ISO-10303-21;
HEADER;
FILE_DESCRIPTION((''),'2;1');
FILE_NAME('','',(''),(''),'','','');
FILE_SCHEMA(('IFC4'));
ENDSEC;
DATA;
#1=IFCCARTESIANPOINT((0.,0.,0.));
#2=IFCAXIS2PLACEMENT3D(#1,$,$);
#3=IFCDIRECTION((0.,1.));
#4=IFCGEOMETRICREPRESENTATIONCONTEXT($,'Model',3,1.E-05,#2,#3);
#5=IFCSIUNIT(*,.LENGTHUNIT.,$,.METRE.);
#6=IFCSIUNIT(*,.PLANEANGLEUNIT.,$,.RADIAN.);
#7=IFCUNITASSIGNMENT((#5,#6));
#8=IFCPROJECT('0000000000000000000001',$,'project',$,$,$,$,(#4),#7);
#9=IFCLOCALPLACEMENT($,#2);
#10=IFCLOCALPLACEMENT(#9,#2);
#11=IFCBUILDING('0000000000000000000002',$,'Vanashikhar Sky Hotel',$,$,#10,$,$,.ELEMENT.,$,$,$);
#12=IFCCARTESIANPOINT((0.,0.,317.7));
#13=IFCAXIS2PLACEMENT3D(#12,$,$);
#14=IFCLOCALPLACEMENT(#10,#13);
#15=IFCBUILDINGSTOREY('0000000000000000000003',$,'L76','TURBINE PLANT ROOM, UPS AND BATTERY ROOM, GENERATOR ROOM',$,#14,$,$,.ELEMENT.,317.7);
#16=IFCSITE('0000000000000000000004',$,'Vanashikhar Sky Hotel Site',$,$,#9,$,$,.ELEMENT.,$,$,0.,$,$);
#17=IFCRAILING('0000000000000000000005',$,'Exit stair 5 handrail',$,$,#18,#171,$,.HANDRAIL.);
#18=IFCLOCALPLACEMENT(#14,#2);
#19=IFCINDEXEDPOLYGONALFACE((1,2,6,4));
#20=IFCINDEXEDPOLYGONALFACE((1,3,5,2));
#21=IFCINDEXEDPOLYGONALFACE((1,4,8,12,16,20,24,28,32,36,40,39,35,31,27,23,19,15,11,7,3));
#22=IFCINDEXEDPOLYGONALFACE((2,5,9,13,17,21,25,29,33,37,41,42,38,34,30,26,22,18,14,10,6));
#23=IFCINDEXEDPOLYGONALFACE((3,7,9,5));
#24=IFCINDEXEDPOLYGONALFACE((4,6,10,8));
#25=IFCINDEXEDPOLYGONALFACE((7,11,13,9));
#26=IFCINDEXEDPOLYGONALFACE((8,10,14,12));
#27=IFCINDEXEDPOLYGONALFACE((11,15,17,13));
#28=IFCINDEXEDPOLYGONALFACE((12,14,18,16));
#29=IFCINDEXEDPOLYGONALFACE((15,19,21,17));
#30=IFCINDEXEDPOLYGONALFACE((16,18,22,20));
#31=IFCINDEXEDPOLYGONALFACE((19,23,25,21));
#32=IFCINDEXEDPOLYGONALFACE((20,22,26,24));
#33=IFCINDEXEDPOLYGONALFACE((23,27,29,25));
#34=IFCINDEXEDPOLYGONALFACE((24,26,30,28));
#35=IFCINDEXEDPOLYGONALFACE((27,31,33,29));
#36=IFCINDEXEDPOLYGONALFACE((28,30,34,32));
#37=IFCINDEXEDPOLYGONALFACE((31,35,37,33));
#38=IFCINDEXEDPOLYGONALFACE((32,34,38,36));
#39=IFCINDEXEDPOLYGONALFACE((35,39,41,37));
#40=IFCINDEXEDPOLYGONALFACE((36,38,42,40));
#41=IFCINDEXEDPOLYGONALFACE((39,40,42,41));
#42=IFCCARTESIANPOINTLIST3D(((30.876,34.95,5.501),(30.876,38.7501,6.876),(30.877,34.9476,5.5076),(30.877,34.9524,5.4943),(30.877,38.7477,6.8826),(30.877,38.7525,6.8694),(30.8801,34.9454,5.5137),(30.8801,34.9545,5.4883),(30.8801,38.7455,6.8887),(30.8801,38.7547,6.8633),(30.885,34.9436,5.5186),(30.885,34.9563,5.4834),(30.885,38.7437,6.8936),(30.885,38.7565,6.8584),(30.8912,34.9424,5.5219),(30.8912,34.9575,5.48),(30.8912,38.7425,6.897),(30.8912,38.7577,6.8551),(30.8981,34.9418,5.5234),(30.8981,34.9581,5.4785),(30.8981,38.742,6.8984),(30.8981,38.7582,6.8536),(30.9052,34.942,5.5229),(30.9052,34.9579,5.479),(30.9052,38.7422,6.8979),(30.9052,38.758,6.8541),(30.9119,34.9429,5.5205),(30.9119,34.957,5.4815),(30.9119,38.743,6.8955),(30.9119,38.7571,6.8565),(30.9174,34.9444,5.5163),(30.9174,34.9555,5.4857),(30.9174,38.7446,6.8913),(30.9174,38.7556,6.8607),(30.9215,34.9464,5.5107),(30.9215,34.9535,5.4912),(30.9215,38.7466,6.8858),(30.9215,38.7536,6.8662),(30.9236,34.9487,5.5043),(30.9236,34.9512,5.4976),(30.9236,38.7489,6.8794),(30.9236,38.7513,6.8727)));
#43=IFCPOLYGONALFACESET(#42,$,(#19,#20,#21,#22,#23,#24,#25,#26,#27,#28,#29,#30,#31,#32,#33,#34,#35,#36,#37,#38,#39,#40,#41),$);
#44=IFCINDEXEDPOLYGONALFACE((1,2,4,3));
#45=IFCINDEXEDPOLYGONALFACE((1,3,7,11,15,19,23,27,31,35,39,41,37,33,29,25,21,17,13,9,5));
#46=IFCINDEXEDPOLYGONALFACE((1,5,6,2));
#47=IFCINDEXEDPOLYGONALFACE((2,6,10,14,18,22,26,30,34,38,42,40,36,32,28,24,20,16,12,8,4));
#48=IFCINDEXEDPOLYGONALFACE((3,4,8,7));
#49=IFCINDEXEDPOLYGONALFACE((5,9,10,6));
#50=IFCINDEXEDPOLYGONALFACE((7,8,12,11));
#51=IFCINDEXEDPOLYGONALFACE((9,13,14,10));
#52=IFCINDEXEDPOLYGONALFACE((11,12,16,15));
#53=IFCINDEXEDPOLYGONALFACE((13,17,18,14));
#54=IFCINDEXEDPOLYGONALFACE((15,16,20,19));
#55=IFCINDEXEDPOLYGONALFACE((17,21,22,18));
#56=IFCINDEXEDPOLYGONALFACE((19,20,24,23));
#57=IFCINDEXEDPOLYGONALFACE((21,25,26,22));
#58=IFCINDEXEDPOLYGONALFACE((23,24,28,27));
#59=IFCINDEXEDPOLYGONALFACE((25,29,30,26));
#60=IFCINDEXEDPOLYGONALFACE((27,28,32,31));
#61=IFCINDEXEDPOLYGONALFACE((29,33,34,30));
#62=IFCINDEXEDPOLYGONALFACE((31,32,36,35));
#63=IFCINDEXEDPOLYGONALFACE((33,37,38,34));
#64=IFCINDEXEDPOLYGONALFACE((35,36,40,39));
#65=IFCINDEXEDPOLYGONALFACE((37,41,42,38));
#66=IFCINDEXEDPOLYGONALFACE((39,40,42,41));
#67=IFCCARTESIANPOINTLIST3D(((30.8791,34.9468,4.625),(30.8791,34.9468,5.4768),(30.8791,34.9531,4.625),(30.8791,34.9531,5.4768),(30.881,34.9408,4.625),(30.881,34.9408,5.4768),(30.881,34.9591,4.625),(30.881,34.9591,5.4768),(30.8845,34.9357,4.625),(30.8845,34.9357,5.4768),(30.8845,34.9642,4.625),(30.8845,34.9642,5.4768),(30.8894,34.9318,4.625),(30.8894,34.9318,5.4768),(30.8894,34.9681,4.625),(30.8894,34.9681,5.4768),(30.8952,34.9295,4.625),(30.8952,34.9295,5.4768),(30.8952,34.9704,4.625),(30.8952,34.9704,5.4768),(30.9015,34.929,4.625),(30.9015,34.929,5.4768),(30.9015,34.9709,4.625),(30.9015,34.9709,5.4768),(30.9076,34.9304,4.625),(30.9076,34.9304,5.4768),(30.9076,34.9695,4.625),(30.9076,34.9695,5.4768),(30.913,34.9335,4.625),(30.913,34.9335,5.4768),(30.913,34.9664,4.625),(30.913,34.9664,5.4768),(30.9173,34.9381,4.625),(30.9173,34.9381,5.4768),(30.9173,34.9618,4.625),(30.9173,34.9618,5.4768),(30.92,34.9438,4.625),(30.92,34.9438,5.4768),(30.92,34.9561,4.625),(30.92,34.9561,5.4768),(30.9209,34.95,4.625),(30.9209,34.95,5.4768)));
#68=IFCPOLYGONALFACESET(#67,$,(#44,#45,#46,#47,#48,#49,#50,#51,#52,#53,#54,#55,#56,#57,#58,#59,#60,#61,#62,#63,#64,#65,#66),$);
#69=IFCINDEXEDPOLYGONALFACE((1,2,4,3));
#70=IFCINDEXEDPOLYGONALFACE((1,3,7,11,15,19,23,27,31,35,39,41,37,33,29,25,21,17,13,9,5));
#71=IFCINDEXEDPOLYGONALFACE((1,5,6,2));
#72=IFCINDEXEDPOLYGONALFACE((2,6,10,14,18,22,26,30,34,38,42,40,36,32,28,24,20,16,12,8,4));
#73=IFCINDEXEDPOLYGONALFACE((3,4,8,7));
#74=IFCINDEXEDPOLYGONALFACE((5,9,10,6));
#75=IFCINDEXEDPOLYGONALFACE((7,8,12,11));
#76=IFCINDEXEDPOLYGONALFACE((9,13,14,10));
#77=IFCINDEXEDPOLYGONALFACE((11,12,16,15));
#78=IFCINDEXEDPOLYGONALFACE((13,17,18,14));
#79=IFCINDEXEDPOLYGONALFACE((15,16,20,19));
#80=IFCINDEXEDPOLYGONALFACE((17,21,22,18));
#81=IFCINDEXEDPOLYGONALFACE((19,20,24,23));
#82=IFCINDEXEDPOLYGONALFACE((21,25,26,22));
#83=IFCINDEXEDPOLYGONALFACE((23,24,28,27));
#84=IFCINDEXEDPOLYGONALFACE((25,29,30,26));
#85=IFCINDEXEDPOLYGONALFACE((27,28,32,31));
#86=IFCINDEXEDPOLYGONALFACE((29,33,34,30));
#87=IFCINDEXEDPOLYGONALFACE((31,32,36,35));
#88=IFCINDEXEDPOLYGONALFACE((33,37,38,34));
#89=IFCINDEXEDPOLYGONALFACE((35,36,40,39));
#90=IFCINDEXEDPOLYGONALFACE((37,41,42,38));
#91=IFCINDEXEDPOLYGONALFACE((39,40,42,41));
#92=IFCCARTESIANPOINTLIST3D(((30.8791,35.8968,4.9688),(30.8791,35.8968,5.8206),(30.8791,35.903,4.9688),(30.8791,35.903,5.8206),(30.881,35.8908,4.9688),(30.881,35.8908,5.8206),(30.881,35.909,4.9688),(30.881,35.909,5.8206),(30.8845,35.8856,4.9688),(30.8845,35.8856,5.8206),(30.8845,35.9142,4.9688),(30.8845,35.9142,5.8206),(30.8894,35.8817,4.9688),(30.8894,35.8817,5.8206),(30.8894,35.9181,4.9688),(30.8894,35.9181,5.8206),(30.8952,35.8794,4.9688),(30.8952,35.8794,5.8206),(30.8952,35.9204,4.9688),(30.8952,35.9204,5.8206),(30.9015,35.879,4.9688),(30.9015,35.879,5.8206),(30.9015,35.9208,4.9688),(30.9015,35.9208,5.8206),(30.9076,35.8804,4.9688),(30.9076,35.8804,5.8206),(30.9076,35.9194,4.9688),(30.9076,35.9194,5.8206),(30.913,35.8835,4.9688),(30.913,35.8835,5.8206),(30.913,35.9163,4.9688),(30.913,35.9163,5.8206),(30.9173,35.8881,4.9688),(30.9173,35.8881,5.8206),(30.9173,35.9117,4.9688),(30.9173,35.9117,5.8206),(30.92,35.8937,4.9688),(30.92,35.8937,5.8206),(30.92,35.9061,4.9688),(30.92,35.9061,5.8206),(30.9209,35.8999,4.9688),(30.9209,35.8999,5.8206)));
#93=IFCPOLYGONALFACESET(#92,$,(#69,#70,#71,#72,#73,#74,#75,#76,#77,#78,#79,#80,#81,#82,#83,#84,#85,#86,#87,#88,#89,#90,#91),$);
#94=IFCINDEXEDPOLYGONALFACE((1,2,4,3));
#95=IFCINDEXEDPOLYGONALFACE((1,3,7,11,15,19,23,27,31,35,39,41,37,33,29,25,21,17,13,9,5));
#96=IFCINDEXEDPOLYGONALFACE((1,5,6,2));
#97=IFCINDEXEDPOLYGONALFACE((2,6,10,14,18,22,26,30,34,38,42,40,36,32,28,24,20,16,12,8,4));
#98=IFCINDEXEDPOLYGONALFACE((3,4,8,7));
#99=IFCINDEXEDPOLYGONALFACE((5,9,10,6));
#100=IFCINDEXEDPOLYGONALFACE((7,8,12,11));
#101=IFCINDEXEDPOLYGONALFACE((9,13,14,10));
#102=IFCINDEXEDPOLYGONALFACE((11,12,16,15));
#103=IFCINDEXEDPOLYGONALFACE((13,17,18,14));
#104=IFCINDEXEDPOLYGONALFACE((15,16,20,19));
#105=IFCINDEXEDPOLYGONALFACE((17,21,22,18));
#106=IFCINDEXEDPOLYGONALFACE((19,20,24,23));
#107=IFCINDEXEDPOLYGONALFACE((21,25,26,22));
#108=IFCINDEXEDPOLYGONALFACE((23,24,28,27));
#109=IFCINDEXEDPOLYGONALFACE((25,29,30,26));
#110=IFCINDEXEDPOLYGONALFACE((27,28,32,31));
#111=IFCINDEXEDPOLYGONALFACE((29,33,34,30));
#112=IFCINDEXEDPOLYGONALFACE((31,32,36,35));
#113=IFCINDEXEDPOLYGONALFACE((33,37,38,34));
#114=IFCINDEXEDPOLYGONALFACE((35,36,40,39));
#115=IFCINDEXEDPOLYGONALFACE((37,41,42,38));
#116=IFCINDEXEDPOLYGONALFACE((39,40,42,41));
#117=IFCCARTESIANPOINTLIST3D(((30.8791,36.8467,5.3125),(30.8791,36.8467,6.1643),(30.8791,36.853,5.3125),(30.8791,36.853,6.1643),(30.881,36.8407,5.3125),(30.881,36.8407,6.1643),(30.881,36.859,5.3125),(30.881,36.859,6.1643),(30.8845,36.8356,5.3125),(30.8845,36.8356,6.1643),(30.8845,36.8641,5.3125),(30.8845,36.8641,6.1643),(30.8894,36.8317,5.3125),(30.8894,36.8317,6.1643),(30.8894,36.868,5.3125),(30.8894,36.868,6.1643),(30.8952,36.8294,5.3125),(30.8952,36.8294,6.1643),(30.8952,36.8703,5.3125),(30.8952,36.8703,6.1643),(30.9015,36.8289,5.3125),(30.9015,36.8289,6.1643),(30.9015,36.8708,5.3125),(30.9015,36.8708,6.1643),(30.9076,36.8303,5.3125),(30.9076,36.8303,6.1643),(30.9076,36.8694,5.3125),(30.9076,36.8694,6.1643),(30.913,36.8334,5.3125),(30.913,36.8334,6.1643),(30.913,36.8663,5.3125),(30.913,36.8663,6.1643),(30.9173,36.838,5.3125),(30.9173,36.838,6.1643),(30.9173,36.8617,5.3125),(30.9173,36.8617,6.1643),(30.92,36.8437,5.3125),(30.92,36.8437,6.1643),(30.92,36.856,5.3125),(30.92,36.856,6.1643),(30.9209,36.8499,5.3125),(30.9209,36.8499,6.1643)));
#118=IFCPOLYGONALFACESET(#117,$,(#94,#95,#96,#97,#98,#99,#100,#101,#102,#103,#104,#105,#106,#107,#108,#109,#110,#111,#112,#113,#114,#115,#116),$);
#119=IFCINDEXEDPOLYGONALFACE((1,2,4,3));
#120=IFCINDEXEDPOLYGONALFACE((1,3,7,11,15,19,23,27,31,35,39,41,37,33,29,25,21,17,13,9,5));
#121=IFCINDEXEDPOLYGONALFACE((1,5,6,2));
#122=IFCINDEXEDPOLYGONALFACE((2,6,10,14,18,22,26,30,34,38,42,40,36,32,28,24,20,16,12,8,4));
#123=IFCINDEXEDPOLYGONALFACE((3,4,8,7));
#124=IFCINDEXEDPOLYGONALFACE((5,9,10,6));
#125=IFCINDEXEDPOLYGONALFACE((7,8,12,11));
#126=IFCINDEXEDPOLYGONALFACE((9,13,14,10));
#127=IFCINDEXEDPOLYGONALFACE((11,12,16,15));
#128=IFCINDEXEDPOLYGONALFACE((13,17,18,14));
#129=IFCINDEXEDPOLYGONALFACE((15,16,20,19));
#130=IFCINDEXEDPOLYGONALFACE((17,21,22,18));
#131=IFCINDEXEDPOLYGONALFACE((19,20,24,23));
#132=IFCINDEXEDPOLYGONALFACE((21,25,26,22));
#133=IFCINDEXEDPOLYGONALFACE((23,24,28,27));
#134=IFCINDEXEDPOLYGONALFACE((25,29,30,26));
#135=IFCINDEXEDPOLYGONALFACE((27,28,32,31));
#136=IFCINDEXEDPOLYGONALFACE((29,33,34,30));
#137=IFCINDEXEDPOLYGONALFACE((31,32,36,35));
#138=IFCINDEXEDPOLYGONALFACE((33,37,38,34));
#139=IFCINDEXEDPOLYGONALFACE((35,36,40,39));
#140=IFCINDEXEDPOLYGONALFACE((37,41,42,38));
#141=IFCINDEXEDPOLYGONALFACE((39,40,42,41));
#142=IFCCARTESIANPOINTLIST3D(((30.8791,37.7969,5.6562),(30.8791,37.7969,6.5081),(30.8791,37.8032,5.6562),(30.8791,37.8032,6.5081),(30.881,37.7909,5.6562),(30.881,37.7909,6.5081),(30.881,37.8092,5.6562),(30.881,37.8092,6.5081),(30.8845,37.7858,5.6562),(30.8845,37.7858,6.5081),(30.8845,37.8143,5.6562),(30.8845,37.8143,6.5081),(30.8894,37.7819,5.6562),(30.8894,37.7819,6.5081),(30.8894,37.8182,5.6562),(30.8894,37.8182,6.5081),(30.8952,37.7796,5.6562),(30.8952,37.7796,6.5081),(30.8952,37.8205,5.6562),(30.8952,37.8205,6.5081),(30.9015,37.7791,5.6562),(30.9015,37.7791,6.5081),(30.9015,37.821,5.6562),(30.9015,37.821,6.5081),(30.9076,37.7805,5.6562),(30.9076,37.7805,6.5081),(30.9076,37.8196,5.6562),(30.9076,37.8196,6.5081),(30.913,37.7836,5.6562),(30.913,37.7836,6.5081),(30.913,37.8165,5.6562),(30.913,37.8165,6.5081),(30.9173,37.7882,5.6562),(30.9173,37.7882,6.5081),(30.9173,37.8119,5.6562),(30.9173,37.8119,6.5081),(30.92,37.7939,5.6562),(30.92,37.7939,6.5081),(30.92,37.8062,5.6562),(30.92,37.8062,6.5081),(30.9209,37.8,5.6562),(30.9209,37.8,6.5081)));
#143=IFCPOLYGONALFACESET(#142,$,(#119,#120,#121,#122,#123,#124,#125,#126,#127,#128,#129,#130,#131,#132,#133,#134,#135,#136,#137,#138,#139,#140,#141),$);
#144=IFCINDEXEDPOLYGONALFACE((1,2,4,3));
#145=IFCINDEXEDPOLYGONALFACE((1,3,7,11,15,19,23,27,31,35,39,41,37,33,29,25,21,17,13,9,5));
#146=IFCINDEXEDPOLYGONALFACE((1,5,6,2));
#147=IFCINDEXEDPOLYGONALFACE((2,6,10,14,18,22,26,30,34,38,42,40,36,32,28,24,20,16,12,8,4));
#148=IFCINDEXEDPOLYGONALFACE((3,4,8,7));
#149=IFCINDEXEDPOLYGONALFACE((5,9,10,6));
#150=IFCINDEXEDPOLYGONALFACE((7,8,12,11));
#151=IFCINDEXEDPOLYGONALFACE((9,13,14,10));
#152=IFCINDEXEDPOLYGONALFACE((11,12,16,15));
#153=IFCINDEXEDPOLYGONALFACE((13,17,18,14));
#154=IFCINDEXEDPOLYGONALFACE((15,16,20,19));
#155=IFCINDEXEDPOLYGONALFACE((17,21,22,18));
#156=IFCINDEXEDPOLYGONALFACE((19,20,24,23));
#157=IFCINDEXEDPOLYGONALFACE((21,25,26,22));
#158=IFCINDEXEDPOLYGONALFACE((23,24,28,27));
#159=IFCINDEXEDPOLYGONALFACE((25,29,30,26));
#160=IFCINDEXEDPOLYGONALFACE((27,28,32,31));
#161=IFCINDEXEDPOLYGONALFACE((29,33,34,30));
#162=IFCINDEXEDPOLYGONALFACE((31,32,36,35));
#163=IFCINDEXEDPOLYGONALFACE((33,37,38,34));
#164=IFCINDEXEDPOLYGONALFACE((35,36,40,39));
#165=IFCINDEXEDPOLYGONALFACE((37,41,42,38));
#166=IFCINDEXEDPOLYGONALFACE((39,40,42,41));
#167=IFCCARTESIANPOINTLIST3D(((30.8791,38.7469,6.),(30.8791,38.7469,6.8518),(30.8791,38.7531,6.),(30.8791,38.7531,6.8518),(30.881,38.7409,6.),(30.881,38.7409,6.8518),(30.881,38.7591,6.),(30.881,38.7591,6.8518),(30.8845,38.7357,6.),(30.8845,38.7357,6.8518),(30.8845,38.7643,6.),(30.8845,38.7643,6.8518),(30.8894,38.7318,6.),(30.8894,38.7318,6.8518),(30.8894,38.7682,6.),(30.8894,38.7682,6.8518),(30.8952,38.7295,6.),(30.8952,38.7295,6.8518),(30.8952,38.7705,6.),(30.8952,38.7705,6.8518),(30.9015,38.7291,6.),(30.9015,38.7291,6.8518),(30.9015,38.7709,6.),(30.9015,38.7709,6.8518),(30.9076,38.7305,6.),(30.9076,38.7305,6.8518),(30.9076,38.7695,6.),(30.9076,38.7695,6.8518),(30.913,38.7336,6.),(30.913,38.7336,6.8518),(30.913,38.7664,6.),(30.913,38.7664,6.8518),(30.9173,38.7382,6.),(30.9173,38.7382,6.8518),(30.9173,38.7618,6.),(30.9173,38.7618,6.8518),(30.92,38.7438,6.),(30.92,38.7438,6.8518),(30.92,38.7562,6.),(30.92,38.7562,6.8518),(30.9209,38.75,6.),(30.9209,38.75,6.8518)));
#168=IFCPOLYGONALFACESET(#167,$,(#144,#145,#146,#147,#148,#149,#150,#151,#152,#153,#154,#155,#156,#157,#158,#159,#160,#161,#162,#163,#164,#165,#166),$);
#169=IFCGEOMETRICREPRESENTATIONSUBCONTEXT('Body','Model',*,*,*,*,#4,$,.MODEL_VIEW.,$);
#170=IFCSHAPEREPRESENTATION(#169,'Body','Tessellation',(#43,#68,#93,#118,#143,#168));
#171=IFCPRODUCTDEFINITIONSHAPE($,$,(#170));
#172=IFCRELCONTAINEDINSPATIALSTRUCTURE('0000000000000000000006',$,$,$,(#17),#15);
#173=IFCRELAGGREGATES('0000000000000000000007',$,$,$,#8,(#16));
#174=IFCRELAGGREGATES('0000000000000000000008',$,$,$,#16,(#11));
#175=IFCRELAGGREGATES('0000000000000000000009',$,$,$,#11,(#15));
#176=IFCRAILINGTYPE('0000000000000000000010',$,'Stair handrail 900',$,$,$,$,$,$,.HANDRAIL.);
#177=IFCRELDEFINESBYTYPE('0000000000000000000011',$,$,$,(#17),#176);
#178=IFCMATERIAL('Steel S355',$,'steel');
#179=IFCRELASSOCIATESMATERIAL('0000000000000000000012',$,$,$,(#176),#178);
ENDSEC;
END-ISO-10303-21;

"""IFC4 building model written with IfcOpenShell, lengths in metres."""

from ifc_helpers import new_model, si_unit, direction, frame, origin, origin_2d, place, context, subcontext, project, spatial, circle, extrude, source, transform, mapped, material, type_object, element, save


model = new_model("IFC4")

# Units and contexts
model_context = context("Model", 3, precision=1e-05, world=origin(), true_north=direction((0.0, 1.0)))
body_context = subcontext(model_context, "Body", "Model", "MODEL_VIEW")
ifc_project = project(units=[si_unit("LENGTHUNIT", "METRE"), si_unit("PLANEANGLEUNIT", "RADIAN")], contexts=[model_context])

# Site, building, storey
site_placement = place(None, origin())
site = spatial("IfcSite", under=ifc_project, at=site_placement, Name="Vanashikhar Sky Hotel Site", CompositionType="ELEMENT", RefElevation=0.0)
building_placement = place(site_placement, origin())
building = spatial("IfcBuilding", under=site, at=building_placement, Name="Vanashikhar Sky Hotel", CompositionType="ELEMENT")
storey_placement = place(building_placement, frame((0.0, 0.0, 317.7)))
storey = spatial("IfcBuildingStorey", under=building, at=storey_placement, Name="L76", Description="TURBINE PLANT ROOM, UPS AND BATTERY ROOM, GENERATOR ROOM", CompositionType="ELEMENT", Elevation=317.7)

# Railing
ifc_material_1 = material(Name="Steel S355", Category="steel")
railing_type = type_object("IfcRailingType", Name="Stair handrail 900", PredefinedType="HANDRAIL", material=ifc_material_1)
shared_shape_1 = source(origin(), body_context, "Body", "SweptSolid", [
    extrude(circle(Radius=0.0239, at=origin_2d()), frame((0.0, 0.0, 0.876), z_axis=(0.0, 0.940336, 0.340249), x_axis=(-1.0, 0.0, 0.0)), (0.0, 0.0, 1.0), 4.0413),
    extrude(circle(Radius=0.021, at=origin_2d()), origin(), (0.0, 0.0, 1.0), 0.8518),
    extrude(circle(Radius=0.021, at=origin_2d()), frame((0.0, 0.95, 0.3438)), (0.0, 0.0, 1.0), 0.8518),
    extrude(circle(Radius=0.021, at=origin_2d()), frame((0.0, 1.8999, 0.6875)), (0.0, 0.0, 1.0), 0.8518),
    extrude(circle(Radius=0.021, at=origin_2d()), frame((0.0, 2.8501, 1.0312)), (0.0, 0.0, 1.0), 0.8518),
    extrude(circle(Radius=0.021, at=origin_2d()), frame((0.0, 3.8, 1.375)), (0.0, 0.0, 1.0), 0.8518),
])
for number, where, name in (
    (1, (30.8999, 34.95, 4.625), "Exit stair 5 handrail"),
):
    element("IfcRailing", number, at=place(storey_placement, frame(where)), inside=storey, type_object=railing_type, Name=name, PredefinedType="HANDRAIL", context=body_context, shape_type="MappedRepresentation", body=[
        mapped(shared_shape_1, transform((0.0, 0.0, 0.0), scale=1.0)),
    ])

save(model, "model.ifc")
